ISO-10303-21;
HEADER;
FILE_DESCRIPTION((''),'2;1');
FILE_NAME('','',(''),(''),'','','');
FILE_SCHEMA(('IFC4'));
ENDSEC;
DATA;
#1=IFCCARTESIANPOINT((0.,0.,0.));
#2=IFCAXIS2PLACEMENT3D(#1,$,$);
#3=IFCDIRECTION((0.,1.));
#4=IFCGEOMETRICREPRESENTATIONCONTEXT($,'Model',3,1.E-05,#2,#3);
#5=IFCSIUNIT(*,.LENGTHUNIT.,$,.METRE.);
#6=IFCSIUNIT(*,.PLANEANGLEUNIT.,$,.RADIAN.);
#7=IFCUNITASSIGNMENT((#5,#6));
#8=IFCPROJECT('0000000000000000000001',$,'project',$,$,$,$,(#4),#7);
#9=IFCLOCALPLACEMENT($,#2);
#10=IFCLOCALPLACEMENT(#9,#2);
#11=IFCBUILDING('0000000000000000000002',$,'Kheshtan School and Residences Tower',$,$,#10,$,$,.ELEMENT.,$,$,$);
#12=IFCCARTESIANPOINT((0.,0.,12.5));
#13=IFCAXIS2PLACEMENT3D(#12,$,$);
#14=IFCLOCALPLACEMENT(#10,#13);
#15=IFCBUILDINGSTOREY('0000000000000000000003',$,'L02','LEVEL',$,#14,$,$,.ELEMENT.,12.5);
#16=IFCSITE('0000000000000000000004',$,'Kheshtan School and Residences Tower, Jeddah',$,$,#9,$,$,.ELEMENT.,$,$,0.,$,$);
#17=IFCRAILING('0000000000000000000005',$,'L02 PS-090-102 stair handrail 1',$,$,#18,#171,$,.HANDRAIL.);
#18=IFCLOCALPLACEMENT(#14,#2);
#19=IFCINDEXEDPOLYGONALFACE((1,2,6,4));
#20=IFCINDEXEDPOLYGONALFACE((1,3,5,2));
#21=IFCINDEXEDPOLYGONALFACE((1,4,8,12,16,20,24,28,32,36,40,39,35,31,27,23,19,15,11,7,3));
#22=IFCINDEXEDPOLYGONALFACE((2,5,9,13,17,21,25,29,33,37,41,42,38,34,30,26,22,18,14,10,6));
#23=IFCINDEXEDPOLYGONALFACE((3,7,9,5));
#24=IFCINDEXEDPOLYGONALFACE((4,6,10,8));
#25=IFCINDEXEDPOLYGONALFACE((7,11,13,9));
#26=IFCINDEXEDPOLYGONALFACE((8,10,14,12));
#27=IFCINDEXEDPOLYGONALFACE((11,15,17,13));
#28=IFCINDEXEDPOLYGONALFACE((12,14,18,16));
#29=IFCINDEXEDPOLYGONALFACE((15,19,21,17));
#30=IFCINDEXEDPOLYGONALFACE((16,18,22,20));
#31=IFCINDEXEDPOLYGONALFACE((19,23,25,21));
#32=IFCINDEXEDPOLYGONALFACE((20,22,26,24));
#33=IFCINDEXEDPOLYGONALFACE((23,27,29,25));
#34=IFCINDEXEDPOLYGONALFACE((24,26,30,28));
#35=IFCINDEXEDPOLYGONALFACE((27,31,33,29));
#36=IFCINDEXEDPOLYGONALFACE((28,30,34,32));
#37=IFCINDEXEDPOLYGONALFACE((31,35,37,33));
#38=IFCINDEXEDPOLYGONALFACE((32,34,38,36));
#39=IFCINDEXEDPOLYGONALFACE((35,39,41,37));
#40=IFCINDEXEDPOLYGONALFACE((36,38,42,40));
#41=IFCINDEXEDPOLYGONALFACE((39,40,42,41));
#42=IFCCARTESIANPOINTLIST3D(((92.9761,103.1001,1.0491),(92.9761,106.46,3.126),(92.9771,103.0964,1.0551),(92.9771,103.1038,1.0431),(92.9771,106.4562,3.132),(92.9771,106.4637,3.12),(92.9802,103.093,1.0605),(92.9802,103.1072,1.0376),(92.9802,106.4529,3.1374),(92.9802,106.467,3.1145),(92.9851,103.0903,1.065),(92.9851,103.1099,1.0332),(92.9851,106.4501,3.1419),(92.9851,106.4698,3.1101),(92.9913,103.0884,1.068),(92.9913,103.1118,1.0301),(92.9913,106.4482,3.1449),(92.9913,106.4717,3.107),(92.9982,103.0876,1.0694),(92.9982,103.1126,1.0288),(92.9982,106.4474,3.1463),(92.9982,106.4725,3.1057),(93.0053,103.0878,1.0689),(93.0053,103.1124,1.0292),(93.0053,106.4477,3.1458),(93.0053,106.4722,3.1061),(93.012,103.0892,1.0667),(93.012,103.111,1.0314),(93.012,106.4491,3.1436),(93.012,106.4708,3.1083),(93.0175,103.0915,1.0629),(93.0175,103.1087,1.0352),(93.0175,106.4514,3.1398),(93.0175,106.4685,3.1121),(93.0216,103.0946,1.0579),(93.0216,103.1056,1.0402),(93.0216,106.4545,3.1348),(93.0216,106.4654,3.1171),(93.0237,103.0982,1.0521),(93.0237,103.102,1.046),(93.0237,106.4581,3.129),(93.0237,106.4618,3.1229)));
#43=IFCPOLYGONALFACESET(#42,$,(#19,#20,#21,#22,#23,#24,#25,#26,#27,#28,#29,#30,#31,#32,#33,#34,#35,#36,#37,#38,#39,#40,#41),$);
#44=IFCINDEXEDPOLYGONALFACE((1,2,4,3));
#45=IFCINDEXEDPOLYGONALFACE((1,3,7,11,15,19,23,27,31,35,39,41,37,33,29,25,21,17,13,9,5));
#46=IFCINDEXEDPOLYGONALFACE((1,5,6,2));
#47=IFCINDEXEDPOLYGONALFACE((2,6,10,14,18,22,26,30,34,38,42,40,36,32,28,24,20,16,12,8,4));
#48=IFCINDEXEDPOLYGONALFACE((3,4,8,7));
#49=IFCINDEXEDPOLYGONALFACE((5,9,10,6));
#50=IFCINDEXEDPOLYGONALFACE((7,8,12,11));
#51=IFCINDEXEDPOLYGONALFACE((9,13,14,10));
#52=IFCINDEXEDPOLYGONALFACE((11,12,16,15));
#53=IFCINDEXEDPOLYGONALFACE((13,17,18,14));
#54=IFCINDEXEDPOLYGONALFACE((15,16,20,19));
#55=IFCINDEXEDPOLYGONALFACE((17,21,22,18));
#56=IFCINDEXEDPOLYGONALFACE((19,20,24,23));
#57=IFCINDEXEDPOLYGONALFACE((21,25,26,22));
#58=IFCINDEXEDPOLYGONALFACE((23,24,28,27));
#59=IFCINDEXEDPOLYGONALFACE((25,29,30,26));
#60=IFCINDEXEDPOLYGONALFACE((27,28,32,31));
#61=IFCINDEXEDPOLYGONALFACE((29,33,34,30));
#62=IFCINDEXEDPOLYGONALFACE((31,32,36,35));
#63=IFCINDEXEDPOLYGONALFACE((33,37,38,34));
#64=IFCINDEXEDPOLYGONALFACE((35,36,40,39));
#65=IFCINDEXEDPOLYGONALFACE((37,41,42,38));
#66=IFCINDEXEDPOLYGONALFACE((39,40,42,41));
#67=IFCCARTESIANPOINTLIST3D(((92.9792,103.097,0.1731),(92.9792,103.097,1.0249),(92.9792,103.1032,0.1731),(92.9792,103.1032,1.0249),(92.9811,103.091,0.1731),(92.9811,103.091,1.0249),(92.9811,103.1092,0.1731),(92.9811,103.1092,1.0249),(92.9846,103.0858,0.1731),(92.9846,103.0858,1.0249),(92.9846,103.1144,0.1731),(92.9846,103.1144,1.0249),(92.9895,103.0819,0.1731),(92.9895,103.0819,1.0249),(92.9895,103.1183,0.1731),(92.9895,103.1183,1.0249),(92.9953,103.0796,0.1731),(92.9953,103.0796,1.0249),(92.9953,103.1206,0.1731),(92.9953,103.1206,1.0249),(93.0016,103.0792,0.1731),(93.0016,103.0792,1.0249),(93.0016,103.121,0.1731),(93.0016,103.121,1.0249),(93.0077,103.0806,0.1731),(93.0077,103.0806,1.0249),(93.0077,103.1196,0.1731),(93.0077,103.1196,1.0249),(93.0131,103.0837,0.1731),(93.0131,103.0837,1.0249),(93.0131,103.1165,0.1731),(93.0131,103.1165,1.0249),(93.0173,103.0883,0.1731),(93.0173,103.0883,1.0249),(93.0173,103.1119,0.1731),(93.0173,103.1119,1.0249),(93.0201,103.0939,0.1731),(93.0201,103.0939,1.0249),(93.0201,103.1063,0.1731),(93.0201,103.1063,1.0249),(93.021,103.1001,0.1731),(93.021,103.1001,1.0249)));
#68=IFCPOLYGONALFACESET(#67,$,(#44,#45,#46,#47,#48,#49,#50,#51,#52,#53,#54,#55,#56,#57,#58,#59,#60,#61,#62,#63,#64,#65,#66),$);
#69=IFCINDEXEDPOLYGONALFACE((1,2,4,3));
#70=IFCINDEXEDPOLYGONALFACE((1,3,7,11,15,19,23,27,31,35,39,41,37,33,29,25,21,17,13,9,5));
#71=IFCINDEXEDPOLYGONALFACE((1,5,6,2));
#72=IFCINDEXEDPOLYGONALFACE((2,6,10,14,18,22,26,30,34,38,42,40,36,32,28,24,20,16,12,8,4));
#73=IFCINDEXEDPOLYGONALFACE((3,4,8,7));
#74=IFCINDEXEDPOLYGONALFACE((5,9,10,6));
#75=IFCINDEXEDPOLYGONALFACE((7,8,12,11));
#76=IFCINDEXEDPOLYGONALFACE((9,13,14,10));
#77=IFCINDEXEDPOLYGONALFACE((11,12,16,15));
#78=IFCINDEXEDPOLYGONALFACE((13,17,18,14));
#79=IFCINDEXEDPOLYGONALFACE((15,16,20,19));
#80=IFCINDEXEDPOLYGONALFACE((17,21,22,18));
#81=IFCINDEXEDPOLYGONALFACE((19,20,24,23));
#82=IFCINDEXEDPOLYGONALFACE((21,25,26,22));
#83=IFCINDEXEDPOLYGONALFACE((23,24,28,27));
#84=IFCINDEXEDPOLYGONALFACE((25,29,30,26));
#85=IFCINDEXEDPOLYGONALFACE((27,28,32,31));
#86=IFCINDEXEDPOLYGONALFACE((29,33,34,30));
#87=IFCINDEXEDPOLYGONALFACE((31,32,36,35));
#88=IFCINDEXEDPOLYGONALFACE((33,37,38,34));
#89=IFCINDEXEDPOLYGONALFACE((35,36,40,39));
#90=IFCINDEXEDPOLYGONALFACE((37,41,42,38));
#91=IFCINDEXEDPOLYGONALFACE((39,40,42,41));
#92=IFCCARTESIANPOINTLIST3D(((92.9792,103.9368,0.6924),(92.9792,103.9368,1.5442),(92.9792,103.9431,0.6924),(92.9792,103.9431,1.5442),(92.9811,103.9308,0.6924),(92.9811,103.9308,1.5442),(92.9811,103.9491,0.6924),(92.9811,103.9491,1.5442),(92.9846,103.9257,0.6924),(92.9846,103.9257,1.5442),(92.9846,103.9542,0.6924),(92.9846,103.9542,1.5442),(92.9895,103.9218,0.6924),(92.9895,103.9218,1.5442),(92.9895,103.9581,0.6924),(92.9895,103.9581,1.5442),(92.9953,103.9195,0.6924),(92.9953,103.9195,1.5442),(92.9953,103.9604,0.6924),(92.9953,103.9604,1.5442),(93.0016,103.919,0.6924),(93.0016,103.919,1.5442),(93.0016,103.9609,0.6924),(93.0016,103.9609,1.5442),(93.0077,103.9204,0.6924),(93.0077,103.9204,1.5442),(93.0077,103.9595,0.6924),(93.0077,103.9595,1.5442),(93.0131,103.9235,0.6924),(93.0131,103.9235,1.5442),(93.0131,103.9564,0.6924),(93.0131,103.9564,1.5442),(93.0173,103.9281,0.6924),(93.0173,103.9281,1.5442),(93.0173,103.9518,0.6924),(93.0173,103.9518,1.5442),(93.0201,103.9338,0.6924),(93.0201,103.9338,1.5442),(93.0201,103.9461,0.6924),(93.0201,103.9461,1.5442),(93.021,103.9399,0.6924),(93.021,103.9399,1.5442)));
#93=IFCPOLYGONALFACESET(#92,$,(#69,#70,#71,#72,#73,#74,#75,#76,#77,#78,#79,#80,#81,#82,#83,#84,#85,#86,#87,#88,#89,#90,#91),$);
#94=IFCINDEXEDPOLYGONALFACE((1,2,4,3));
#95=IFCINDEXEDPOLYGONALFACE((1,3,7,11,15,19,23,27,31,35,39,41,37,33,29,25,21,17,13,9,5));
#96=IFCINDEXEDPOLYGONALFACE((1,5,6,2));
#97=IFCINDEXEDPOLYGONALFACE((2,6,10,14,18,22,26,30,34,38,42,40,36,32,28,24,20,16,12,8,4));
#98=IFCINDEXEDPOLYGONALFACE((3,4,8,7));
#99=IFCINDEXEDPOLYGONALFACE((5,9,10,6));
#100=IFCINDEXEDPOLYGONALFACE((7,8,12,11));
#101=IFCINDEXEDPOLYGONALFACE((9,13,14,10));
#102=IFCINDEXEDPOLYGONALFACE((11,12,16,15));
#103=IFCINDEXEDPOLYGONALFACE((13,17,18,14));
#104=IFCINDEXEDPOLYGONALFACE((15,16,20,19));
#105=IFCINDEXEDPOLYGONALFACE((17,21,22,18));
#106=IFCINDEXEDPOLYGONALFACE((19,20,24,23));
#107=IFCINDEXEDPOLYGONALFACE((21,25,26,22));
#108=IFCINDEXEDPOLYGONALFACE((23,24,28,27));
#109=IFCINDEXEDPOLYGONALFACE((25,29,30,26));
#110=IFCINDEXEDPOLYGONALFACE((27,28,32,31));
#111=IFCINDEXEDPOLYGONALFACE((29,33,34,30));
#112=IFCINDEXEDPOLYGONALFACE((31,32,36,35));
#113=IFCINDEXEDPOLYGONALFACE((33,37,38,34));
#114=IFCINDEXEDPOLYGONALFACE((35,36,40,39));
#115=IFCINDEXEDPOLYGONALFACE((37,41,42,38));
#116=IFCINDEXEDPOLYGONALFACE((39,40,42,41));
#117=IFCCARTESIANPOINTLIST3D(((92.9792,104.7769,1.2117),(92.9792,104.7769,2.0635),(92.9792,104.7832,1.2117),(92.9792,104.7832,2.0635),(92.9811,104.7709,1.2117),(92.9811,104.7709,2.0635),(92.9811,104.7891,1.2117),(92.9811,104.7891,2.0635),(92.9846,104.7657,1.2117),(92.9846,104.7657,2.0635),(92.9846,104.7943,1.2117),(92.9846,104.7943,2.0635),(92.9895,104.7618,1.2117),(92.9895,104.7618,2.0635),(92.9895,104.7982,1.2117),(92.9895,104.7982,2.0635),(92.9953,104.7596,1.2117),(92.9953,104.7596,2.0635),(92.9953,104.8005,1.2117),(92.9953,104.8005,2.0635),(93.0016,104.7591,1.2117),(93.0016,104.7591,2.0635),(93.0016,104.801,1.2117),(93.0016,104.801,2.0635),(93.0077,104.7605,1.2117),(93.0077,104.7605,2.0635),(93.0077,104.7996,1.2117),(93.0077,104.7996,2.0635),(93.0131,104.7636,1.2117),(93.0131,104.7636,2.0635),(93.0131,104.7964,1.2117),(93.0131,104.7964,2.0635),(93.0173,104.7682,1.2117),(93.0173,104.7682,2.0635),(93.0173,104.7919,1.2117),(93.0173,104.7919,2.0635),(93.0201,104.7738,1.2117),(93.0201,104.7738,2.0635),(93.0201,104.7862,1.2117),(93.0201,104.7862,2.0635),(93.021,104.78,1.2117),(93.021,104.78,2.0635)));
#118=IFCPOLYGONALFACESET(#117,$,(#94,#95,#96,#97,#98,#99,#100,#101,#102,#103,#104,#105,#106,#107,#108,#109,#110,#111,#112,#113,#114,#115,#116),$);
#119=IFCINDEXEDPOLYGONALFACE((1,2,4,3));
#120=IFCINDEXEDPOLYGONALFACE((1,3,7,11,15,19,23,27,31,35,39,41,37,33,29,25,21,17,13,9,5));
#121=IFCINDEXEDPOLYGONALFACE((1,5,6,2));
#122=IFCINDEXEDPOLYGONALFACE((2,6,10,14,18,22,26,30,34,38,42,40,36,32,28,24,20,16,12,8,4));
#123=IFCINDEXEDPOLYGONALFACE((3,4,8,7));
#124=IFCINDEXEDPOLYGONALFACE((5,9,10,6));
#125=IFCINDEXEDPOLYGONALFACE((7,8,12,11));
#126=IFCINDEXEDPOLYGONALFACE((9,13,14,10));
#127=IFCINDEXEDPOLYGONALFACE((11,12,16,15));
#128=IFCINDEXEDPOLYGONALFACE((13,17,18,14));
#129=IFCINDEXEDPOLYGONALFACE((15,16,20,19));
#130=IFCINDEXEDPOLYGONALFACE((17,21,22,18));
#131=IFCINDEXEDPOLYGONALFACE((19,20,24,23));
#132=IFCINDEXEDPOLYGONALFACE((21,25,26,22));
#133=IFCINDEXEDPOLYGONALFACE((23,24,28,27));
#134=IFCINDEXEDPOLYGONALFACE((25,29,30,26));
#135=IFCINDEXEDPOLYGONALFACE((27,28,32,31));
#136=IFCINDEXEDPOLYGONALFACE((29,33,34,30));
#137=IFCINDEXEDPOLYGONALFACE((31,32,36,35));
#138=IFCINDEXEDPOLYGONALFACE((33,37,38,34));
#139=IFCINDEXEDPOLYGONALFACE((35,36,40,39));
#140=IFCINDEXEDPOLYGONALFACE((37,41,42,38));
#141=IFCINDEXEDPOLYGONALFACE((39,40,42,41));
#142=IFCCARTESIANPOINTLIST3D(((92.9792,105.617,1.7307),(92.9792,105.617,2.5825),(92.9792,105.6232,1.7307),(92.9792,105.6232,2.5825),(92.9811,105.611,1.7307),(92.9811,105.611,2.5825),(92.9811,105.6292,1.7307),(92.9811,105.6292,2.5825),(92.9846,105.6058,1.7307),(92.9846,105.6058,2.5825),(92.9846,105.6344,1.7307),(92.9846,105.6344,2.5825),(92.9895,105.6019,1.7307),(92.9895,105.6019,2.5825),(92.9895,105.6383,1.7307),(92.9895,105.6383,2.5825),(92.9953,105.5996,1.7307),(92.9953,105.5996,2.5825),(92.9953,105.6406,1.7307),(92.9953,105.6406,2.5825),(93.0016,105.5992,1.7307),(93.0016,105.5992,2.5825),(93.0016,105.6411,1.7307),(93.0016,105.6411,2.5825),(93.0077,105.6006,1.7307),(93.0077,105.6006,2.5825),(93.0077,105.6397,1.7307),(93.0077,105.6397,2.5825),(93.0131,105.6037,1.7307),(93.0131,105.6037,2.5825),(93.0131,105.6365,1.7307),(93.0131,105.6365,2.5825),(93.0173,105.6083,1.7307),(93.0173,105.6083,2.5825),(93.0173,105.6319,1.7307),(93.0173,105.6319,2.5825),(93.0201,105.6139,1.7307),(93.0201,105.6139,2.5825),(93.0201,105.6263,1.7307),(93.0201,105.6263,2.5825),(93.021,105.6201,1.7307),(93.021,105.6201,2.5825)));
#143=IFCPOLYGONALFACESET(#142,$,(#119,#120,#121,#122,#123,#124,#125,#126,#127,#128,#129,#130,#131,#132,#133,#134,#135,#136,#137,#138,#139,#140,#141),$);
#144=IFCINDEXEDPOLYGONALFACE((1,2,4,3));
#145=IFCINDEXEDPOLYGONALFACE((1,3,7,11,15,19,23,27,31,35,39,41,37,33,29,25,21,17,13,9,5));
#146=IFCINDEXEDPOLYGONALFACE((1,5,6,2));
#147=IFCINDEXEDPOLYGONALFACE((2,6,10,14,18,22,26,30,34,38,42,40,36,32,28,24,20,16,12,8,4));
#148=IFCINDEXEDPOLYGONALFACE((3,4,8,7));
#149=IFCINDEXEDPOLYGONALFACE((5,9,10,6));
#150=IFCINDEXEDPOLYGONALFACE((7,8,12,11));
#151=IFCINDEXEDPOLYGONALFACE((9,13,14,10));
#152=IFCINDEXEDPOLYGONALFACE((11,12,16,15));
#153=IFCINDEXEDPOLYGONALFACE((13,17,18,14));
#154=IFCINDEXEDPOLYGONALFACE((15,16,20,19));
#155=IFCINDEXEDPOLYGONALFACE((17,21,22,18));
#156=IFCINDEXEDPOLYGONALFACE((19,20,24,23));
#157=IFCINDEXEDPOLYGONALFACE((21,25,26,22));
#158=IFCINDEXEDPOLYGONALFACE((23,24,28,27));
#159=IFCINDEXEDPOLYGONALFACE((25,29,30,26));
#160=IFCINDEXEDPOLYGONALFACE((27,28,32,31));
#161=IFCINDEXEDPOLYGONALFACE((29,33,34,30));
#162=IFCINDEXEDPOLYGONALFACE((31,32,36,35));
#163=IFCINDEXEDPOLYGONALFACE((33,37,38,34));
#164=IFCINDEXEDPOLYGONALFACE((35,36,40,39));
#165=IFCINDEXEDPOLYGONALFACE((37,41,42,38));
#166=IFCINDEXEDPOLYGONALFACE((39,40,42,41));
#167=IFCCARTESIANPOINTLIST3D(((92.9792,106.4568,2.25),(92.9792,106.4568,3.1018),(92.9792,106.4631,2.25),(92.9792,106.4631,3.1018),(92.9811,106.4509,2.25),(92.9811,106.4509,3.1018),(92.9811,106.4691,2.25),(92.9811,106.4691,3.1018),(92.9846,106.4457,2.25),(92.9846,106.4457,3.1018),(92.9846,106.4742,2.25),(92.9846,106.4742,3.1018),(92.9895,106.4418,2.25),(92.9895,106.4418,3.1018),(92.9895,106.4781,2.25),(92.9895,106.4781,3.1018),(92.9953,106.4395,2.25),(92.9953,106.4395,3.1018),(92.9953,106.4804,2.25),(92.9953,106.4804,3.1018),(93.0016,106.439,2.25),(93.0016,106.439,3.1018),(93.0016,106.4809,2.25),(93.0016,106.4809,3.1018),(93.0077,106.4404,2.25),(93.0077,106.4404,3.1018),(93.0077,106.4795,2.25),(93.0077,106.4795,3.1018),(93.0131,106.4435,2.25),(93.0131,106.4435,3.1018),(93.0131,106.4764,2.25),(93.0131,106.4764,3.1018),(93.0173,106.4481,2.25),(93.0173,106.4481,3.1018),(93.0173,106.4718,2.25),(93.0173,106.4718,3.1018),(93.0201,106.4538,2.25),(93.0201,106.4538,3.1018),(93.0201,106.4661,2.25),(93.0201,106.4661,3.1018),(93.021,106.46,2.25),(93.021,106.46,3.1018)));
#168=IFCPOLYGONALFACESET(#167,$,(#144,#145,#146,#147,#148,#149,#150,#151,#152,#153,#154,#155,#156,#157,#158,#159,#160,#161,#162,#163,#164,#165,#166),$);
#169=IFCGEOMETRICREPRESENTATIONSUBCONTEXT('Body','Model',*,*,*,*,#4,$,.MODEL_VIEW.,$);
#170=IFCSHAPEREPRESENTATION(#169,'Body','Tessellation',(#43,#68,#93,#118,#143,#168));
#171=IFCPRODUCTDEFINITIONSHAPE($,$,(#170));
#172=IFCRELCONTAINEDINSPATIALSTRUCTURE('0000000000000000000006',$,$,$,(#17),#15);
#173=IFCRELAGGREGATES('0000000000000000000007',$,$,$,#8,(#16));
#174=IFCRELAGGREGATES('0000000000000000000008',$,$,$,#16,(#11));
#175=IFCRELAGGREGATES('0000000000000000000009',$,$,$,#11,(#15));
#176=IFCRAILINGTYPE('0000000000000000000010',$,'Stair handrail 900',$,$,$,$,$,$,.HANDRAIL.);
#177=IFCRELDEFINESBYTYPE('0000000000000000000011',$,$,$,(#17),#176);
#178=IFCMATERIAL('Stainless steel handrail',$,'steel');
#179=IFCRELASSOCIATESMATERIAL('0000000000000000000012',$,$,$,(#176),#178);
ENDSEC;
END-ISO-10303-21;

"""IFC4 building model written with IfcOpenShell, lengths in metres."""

from ifc_helpers import new_model, si_unit, direction, frame, origin, origin_2d, place, context, subcontext, project, spatial, circle, extrude, material, type_object, element, save


model = new_model("IFC4")

# Units and contexts
model_context = context("Model", 3, precision=1e-05, world=origin(), true_north=direction((0.0, 1.0)))
body_context = subcontext(model_context, "Body", "Model", "MODEL_VIEW")
ifc_project = project(units=[si_unit("LENGTHUNIT", "METRE"), si_unit("PLANEANGLEUNIT", "RADIAN")], contexts=[model_context])

# Site, building, storey
site_placement = place(None, origin())
site = spatial("IfcSite", under=ifc_project, at=site_placement, Name="Kheshtan School and Residences Tower, Jeddah", CompositionType="ELEMENT", RefElevation=0.0)
building_placement = place(site_placement, origin())
building = spatial("IfcBuilding", under=site, at=building_placement, Name="Kheshtan School and Residences Tower", CompositionType="ELEMENT")
storey_placement = place(building_placement, frame((0.0, 0.0, 12.5)))
storey = spatial("IfcBuildingStorey", under=building, at=storey_placement, Name="L02", Description="LEVEL", CompositionType="ELEMENT", Elevation=12.5)

# Railing
ifc_material_1 = material(Name="Stainless steel handrail", Category="steel")
railing_type_1 = type_object("IfcRailingType", Name="Stair handrail 900", PredefinedType="HANDRAIL", material=ifc_material_1)
railing_1_placement = place(storey_placement, frame((93.0, 103.1001, 0.1731)))
element("IfcRailing", 1, at=railing_1_placement, inside=storey, type_object=railing_type_1, Name="L02 PS-090-102 stair handrail 1", PredefinedType="HANDRAIL", context=body_context, shape_type="SweptSolid", body=[
    extrude(circle(Radius=0.0239, at=origin_2d()), frame((0.0, 0.0, 0.876), z_axis=(0.0, 0.850606, 0.525803), x_axis=(-1.0, 0.0, 0.0)), (0.0, 0.0, 1.0), 3.95),
    extrude(circle(Radius=0.021, at=origin_2d()), origin(), (0.0, 0.0, 1.0), 0.8518),
    extrude(circle(Radius=0.021, at=origin_2d()), frame((0.0, 0.8398, 0.5193)), (0.0, 0.0, 1.0), 0.8518),
    extrude(circle(Radius=0.021, at=origin_2d()), frame((0.0, 1.6799, 1.0386)), (0.0, 0.0, 1.0), 0.8518),
    extrude(circle(Radius=0.021, at=origin_2d()), frame((0.0, 2.52, 1.5576)), (0.0, 0.0, 1.0), 0.8518),
    extrude(circle(Radius=0.021, at=origin_2d()), frame((0.0, 3.3599, 2.0769)), (0.0, 0.0, 1.0), 0.8518),
])

save(model, "model.ifc")
